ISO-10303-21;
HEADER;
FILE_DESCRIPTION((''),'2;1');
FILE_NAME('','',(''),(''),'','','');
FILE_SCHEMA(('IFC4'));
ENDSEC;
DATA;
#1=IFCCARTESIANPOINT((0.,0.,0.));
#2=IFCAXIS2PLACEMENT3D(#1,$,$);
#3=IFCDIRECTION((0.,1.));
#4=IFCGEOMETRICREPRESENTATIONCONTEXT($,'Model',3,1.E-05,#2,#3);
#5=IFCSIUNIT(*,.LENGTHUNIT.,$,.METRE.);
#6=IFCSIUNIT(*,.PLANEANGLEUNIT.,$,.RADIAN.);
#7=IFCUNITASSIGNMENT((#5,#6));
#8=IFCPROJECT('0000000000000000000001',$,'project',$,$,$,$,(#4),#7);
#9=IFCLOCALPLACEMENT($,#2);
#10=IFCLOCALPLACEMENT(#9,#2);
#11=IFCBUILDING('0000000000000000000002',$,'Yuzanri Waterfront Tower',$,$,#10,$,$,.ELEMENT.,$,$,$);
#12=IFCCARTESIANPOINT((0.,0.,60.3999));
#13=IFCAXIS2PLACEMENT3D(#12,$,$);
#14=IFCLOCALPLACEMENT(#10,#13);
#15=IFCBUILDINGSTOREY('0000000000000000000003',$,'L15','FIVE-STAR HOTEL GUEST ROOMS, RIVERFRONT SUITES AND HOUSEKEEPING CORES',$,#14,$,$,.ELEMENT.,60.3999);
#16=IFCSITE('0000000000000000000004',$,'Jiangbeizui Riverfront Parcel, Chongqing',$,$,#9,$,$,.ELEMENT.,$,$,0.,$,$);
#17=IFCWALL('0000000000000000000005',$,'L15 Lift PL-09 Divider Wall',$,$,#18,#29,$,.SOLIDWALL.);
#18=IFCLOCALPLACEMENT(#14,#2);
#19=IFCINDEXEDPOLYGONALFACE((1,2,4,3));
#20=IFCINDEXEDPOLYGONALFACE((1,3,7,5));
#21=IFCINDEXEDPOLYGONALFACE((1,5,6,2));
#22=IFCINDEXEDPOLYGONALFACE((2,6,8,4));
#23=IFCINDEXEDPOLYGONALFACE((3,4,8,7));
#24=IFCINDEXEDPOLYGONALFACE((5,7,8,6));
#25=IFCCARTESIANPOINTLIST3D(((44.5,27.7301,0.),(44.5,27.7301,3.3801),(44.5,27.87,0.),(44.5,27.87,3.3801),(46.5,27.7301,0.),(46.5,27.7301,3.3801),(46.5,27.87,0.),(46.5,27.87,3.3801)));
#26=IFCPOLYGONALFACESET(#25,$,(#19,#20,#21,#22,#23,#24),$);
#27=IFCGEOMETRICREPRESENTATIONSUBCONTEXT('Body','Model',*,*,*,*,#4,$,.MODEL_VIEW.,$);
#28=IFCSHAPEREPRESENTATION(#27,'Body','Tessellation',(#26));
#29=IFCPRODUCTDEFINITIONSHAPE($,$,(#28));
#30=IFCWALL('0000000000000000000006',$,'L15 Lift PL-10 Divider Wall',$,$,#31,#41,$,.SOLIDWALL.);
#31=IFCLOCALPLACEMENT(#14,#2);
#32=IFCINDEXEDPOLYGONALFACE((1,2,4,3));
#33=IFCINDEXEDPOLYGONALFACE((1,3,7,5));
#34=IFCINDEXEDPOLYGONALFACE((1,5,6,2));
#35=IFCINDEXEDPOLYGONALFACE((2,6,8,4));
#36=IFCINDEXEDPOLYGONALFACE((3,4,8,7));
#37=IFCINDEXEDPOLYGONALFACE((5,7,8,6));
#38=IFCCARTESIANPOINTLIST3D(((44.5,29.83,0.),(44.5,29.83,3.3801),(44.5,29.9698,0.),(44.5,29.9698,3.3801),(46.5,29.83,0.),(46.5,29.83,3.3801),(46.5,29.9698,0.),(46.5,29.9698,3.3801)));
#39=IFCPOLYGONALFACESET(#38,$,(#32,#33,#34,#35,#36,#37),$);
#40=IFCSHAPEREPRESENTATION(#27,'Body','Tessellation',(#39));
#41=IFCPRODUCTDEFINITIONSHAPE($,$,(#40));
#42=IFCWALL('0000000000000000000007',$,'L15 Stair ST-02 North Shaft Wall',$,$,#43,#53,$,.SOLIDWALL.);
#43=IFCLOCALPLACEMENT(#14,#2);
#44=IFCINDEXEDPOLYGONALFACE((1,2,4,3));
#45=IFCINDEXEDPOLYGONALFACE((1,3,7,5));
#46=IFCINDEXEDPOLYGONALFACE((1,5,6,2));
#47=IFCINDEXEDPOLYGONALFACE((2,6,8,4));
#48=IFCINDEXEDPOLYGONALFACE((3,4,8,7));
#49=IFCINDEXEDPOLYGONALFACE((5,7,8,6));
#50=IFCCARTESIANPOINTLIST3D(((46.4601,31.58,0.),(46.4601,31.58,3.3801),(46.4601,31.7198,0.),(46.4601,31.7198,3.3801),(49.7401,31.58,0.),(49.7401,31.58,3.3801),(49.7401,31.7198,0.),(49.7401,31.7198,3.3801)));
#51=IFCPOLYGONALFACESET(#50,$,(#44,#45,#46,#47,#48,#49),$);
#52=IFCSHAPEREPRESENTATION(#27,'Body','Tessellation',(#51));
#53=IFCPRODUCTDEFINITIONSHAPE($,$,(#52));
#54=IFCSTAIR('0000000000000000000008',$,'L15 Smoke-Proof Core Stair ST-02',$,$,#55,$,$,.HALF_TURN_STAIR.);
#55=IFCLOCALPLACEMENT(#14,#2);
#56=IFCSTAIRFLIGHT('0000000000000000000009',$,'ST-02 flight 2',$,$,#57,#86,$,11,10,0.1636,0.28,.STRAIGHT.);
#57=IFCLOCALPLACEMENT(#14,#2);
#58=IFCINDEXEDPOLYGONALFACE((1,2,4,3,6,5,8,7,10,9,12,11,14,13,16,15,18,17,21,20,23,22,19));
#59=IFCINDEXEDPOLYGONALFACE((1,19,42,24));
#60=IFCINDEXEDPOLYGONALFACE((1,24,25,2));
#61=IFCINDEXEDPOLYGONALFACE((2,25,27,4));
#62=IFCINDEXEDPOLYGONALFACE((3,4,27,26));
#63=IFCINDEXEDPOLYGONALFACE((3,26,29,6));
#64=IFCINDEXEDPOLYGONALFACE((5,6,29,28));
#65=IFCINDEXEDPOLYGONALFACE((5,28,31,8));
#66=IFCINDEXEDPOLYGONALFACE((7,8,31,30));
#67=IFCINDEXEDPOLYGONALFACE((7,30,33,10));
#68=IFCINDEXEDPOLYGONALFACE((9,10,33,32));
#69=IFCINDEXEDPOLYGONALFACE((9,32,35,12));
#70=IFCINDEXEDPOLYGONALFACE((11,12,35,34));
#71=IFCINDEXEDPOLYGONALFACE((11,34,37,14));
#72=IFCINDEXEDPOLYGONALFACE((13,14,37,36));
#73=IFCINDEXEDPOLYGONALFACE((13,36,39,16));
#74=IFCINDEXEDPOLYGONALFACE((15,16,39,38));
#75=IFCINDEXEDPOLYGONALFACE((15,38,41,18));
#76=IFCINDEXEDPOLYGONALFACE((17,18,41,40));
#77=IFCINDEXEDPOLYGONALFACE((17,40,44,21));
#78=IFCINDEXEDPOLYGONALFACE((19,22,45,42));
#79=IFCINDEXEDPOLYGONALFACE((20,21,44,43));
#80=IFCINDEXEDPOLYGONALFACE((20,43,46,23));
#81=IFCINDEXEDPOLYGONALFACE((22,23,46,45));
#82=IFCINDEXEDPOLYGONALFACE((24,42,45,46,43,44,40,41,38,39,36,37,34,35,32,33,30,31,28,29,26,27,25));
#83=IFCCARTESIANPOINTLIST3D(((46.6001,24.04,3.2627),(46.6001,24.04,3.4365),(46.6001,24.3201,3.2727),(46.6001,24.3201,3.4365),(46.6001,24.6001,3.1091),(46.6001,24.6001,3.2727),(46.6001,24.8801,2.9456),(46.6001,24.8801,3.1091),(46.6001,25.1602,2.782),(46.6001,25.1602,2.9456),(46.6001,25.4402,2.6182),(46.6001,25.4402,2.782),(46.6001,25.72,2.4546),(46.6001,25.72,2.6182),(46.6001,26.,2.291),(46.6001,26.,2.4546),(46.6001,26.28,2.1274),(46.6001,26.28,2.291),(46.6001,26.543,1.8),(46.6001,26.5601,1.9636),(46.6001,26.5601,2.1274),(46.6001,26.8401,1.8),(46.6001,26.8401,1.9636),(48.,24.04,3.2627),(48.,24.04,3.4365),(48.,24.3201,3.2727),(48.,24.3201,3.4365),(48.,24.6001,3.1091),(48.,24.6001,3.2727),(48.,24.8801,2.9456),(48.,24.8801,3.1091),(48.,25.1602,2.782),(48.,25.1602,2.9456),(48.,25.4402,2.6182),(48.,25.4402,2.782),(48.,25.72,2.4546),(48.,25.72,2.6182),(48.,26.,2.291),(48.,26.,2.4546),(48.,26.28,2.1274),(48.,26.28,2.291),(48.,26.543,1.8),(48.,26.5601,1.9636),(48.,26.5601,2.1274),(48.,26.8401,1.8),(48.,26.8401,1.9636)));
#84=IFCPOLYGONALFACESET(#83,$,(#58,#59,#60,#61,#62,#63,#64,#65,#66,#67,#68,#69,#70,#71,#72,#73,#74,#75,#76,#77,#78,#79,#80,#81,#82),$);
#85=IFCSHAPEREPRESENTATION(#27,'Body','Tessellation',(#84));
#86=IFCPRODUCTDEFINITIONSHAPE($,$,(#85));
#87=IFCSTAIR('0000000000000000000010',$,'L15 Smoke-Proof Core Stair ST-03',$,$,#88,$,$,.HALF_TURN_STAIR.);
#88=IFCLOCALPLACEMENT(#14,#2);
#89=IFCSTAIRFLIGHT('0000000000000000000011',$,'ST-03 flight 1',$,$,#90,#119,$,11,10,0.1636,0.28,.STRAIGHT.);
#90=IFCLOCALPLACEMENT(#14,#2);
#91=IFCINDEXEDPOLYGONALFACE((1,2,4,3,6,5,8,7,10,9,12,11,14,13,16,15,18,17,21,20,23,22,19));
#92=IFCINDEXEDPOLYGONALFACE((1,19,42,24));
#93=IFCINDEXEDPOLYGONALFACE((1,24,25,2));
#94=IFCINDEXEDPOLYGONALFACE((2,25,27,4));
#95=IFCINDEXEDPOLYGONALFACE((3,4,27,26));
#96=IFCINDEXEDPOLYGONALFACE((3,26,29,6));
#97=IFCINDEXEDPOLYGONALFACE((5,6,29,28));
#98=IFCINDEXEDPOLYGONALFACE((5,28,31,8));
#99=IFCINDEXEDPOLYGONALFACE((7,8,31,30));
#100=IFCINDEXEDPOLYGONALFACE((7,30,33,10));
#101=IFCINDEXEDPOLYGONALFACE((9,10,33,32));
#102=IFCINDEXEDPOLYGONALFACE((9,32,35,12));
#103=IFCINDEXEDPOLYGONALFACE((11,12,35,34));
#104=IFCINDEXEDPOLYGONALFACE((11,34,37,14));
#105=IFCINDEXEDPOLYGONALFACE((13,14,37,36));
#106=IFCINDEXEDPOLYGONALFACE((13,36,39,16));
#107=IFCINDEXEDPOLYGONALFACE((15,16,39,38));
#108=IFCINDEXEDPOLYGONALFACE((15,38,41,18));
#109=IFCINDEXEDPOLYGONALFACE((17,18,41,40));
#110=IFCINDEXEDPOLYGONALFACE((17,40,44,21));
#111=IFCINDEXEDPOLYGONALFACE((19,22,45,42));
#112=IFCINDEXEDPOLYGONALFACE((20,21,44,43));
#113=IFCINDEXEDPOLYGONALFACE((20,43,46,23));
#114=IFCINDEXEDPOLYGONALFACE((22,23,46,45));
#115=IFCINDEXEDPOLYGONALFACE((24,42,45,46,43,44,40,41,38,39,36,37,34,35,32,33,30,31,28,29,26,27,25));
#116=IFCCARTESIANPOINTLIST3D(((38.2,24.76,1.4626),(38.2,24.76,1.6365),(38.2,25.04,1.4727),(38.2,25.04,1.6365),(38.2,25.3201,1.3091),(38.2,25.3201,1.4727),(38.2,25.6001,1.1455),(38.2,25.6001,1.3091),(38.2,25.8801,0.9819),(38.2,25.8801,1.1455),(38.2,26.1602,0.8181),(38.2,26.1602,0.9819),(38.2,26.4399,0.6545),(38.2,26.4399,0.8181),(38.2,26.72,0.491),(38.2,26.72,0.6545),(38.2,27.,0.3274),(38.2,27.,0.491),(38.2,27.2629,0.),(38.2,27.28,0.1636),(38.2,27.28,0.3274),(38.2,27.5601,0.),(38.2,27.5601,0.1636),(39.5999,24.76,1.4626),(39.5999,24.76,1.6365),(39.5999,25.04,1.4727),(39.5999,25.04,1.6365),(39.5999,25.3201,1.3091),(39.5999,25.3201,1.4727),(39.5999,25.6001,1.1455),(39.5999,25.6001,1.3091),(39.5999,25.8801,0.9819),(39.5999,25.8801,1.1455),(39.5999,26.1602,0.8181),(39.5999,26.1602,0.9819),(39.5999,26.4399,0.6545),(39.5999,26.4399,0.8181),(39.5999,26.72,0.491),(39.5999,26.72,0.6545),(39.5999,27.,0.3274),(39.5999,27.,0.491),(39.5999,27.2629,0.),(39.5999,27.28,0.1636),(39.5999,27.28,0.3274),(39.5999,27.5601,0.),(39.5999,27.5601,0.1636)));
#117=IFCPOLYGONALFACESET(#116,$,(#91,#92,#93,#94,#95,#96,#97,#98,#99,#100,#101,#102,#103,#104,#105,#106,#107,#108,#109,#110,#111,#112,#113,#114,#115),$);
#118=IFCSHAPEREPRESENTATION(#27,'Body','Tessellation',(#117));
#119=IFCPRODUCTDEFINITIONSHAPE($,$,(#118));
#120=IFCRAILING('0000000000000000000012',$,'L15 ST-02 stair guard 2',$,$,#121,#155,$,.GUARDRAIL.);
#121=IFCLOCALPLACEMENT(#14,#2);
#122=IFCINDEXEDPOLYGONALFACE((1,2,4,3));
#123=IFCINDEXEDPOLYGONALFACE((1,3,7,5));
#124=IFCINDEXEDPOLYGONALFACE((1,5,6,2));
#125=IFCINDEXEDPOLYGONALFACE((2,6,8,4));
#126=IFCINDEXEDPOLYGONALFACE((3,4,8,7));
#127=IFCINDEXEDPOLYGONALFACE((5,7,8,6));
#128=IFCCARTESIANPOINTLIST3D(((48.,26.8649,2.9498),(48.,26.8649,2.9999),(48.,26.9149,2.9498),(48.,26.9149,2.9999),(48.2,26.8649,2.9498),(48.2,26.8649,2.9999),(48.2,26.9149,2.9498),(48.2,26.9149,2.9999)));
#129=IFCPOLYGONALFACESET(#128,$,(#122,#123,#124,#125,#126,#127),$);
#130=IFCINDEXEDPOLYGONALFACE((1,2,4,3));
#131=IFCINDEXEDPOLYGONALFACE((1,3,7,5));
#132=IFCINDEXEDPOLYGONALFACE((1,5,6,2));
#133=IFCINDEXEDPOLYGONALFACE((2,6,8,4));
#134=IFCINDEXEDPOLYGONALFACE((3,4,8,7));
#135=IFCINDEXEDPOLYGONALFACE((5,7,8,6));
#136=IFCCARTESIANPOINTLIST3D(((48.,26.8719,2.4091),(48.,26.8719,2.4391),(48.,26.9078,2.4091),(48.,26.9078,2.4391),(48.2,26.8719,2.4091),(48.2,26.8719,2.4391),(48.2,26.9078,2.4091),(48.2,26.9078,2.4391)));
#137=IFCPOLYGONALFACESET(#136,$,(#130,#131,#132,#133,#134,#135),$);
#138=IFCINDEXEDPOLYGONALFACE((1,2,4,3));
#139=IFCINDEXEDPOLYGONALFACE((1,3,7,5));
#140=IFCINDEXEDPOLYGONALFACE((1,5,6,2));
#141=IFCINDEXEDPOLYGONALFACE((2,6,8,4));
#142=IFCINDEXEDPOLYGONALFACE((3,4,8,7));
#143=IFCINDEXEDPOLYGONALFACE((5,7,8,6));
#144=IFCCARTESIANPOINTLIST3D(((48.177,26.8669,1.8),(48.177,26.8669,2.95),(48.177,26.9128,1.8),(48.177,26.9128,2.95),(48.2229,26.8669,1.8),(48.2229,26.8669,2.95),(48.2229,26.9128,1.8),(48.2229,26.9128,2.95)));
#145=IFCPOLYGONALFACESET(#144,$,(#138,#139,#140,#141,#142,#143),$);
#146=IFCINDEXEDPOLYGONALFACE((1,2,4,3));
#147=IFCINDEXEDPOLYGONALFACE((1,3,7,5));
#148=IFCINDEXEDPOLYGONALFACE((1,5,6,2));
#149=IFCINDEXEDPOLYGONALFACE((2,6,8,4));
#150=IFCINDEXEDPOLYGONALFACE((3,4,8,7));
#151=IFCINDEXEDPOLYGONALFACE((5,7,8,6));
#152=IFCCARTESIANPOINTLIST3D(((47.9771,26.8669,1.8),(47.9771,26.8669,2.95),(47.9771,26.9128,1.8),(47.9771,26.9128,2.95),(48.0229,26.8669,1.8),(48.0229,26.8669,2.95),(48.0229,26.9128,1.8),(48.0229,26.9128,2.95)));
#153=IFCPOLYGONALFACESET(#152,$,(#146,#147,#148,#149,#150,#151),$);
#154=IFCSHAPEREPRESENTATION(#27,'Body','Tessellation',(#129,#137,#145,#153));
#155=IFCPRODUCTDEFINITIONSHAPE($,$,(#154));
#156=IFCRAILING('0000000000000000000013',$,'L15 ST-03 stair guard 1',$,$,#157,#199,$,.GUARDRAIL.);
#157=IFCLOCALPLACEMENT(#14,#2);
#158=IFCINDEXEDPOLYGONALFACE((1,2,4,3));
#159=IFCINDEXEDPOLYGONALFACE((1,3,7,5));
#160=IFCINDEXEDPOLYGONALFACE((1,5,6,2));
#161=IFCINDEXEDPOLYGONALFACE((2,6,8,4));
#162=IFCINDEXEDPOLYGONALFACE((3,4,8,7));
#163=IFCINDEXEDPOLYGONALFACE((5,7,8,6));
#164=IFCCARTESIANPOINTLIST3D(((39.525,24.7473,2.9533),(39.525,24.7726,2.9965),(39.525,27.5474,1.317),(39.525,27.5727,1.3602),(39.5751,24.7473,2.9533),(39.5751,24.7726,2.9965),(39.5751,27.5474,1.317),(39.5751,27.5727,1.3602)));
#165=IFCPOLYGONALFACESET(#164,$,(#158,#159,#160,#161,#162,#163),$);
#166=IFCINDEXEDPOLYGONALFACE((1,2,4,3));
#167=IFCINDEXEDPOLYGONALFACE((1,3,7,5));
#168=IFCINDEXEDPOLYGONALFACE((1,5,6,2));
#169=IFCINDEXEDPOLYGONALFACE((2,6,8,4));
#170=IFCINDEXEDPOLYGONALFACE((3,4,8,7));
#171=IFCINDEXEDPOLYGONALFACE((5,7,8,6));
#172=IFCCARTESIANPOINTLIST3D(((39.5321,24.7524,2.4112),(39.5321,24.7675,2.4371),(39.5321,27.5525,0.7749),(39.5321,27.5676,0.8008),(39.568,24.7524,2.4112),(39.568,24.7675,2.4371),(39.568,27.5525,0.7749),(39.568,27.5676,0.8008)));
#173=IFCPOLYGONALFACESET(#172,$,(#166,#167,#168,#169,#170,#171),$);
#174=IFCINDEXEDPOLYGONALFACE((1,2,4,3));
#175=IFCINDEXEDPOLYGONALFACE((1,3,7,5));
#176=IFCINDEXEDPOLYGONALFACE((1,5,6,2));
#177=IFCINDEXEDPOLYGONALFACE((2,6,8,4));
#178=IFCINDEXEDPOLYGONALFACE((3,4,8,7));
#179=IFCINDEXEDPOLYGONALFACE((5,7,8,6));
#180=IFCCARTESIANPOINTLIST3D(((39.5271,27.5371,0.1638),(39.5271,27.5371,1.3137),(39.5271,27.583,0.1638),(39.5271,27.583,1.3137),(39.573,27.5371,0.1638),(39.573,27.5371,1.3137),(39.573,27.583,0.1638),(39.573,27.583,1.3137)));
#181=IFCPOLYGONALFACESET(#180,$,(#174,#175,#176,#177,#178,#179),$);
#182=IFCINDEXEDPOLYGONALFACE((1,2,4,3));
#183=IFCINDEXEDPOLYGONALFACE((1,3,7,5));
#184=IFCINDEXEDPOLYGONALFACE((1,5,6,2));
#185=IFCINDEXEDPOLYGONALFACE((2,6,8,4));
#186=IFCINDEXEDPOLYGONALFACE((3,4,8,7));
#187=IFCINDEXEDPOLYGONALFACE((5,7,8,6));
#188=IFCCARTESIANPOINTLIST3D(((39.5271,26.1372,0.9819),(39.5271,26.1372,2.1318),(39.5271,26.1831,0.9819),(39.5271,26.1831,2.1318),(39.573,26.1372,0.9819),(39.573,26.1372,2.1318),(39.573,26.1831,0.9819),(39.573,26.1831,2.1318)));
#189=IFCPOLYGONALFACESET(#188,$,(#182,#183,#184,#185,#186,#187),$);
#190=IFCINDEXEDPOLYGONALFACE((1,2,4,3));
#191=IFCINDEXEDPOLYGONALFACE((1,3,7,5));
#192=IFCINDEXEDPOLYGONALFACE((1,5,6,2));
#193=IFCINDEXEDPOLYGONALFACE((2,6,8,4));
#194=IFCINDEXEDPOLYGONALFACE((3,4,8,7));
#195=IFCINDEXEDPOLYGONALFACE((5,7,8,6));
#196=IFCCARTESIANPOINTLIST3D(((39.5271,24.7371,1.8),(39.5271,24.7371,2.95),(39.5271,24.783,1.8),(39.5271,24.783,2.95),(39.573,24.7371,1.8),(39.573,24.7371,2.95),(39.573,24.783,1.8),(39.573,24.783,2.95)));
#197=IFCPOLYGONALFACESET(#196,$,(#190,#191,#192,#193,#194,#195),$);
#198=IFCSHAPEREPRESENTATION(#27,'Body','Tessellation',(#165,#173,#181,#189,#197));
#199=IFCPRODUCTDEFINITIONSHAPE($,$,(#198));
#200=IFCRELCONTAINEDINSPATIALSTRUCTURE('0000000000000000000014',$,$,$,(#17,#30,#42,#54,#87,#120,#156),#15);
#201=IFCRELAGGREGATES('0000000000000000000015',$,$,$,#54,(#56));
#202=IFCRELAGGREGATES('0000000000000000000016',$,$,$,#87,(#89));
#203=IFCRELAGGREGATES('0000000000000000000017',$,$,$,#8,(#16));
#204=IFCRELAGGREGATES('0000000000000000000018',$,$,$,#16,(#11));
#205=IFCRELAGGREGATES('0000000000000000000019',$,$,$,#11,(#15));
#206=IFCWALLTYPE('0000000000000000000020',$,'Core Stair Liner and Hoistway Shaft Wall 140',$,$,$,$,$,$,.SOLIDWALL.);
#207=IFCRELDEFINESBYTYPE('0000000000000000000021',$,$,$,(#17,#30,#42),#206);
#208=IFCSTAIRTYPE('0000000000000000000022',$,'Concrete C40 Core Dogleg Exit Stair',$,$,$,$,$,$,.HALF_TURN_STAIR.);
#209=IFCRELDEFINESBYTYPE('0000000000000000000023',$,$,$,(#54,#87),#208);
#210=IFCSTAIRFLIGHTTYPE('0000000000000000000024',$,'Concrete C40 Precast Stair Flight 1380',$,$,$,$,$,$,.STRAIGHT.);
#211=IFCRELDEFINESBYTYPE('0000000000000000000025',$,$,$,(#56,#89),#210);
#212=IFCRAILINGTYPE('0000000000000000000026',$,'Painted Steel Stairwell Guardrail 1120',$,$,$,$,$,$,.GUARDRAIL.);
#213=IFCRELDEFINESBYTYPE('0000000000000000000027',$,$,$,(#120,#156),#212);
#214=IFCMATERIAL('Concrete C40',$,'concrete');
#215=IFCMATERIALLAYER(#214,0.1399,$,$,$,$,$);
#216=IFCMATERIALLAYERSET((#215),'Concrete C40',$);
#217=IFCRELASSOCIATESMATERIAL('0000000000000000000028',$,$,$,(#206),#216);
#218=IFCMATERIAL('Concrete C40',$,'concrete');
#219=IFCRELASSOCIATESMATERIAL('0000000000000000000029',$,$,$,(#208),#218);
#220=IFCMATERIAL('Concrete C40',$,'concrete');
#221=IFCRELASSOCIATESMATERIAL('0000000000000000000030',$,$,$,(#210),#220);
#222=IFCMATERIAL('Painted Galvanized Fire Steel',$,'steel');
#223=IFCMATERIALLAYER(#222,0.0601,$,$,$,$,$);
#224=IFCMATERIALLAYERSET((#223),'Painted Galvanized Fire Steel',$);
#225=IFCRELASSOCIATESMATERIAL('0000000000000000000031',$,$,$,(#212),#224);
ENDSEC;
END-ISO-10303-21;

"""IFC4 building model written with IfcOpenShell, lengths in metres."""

from ifc_helpers import new_model, si_unit, direction, frame, frame_2d, origin, origin_2d, place, context, subcontext, project, spatial, polyline, rectangle, outline, extrude, source, transform, mapped, material, layer, layer_set, type_object, element, aggregate, save


model = new_model("IFC4")

# Units and contexts
model_context = context("Model", 3, precision=1e-05, world=origin(), true_north=direction((0.0, 1.0)))
body_context = subcontext(model_context, "Body", "Model", "MODEL_VIEW")
ifc_project = project(units=[si_unit("LENGTHUNIT", "METRE"), si_unit("PLANEANGLEUNIT", "RADIAN")], contexts=[model_context])

# Site, building, storey
site_placement = place(None, origin())
site = spatial("IfcSite", under=ifc_project, at=site_placement, Name="Jiangbeizui Riverfront Parcel, Chongqing", CompositionType="ELEMENT", RefElevation=0.0)
building_placement = place(site_placement, origin())
building = spatial("IfcBuilding", under=site, at=building_placement, Name="Yuzanri Waterfront Tower", CompositionType="ELEMENT")
storey_placement = place(building_placement, frame((0.0, 0.0, 60.3999)))
storey = spatial("IfcBuildingStorey", under=building, at=storey_placement, Name="L15", Description="FIVE-STAR HOTEL GUEST ROOMS, RIVERFRONT SUITES AND HOUSEKEEPING CORES", CompositionType="ELEMENT", Elevation=60.3999)

# Shared definitions
ifc_material_1 = material(Name="Concrete C40", Category="concrete")
ifc_layer_1 = layer(ifc_material_1, 0.1399)
ifc_layer_set_1 = layer_set([ifc_layer_1], Name="Concrete C40")
wall_type = type_object("IfcWallType", Name="Core Stair Liner and Hoistway Shaft Wall 140", PredefinedType="SOLIDWALL", material=ifc_layer_set_1)

# Walls
shared_shape_1 = source(origin(), body_context, "Body", "SweptSolid", [
    extrude(rectangle(XDim=2.0, YDim=0.1399, at=frame_2d((1.0, 0.0))), origin(), (0.0, 0.0, 1.0), 3.3801),
])
for number, where, z_axis, x_axis, name in (
    (1, (44.5, 27.8, 0.0), (0.0, 0.0, 1.0), (1.0, 0.0, 0.0), "L15 Lift PL-09 Divider Wall"),
    (2, (44.5, 29.8999, 0.0), (0.0, 0.0, 1.0), (1.0, 0.0, 0.0), "L15 Lift PL-10 Divider Wall"),
):
    element("IfcWall", number, at=place(storey_placement, frame(where, z_axis=z_axis, x_axis=x_axis)), inside=storey, type_object=wall_type, Name=name, PredefinedType="SOLIDWALL", context=body_context, shape_type="MappedRepresentation", body=[
        mapped(shared_shape_1, transform((0.0, 0.0, 0.0), scale=1.0)),
    ])
shared_shape_2 = source(origin(), body_context, "Body", "SweptSolid", [
    extrude(rectangle(XDim=3.28, YDim=0.1399, at=frame_2d((1.6401, 0.0))), origin(), (0.0, 0.0, 1.0), 3.3801),
])
wall_1_placement = place(storey_placement, frame((46.46, 31.6499, 0.0), z_axis=(0.0, 0.0, 1.0), x_axis=(1.0, 0.0, 0.0)))
element("IfcWall", 3, at=wall_1_placement, inside=storey, type_object=wall_type, Name="L15 Stair ST-02 North Shaft Wall", PredefinedType="SOLIDWALL", context=body_context, shape_type="MappedRepresentation", body=[
    mapped(shared_shape_2, transform((0.0, 0.0, 0.0), scale=1.0)),
])

# Stairs, stair flights
ifc_material_2 = material(Name="Concrete C40", Category="concrete")
stair_type = type_object("IfcStairType", Name="Concrete C40 Core Dogleg Exit Stair", PredefinedType="HALF_TURN_STAIR", material=ifc_material_2)
stair_1_placement = place(storey_placement, origin())
stair_1 = element("IfcStair", 4, at=stair_1_placement, inside=storey, type_object=stair_type, Name="L15 Smoke-Proof Core Stair ST-02", PredefinedType="HALF_TURN_STAIR")
ifc_material_3 = material(Name="Concrete C40", Category="concrete")
stair_flight_type = type_object("IfcStairFlightType", Name="Concrete C40 Precast Stair Flight 1380", PredefinedType="STRAIGHT", material=ifc_material_3)
shared_shape_3 = source(origin(), body_context, "Body", "SweptSolid", [
    extrude(outline(polyline([(0.0, 0.0), (0.0, 0.1636), (0.28, 0.1636), (0.28, 0.3274), (0.5601, 0.3274), (0.5601, 0.491), (0.8401, 0.491), (0.8401, 0.6545), (1.1201, 0.6545), (1.1201, 0.8181), (1.3999, 0.8181), (1.3999, 0.9819), (1.6799, 0.9819), (1.6799, 1.1455), (1.96, 1.1455), (1.96, 1.3091), (2.24, 1.3091), (2.24, 1.4727), (2.52, 1.4727), (2.52, 1.6365), (2.8, 1.6365), (2.8, 1.8), (2.8, 1.4626), (0.2971, 0.0), (0.0, 0.0)])), frame((0.0, 0.7, 0.0), z_axis=(0.0, -1.0, 0.0), x_axis=(1.0, 0.0, 0.0)), (0.0, 0.0, 1.0), 1.3999),
])
stair_flight_1_placement = place(storey_placement, frame((47.3, 26.8401, 1.8), z_axis=(0.0, 0.0, 1.0), x_axis=(0.0, -1.0, 0.0)))
stair_flight_1 = element("IfcStairFlight", 5, at=stair_flight_1_placement, type_object=stair_flight_type, Name="ST-02 flight 2", NumberOfRisers=11, NumberOfTreads=10, PredefinedType="STRAIGHT", RiserHeight=0.1636, TreadLength=0.28, context=body_context, shape_type="MappedRepresentation", body=[
    mapped(shared_shape_3, transform((0.0, 0.0, 0.0), scale=1.0)),
])
aggregate(stair_1, [stair_flight_1])
stair_2_placement = place(storey_placement, origin())
stair_2 = element("IfcStair", 6, at=stair_2_placement, inside=storey, type_object=stair_type, Name="L15 Smoke-Proof Core Stair ST-03", PredefinedType="HALF_TURN_STAIR")
stair_flight_2_placement = place(storey_placement, frame((38.8999, 27.5601, 0.0), z_axis=(0.0, 0.0, 1.0), x_axis=(0.0, -1.0, 0.0)))
stair_flight_2 = element("IfcStairFlight", 7, at=stair_flight_2_placement, type_object=stair_flight_type, Name="ST-03 flight 1", NumberOfRisers=11, NumberOfTreads=10, PredefinedType="STRAIGHT", RiserHeight=0.1636, TreadLength=0.28, context=body_context, shape_type="MappedRepresentation", body=[
    mapped(shared_shape_3, transform((0.0, 0.0, 0.0), scale=1.0)),
])
aggregate(stair_2, [stair_flight_2])

# Railings
ifc_material_4 = material(Name="Painted Galvanized Fire Steel", Category="steel")
ifc_layer_2 = layer(ifc_material_4, 0.0601)
ifc_layer_set_2 = layer_set([ifc_layer_2], Name="Painted Galvanized Fire Steel")
railing_type_1 = type_object("IfcRailingType", Name="Painted Steel Stairwell Guardrail 1120", PredefinedType="GUARDRAIL", material=ifc_layer_set_2)
shared_shape_4 = source(origin(), body_context, "Body", "SweptSolid", [
    extrude(rectangle(XDim=0.05, YDim=0.05, at=origin_2d()), frame((0.0, 0.0, 1.1748), z_axis=(-1.0, 0.0, 0.0), x_axis=(0.0, -1.0, 0.0)), (0.0, 0.0, 1.0), 0.2),
    extrude(rectangle(XDim=0.0359, YDim=0.03, at=origin_2d()), frame((0.0, 0.0, 0.624), z_axis=(-1.0, 0.0, 0.0), x_axis=(0.0, -1.0, 0.0)), (0.0, 0.0, 1.0), 0.2),
    extrude(rectangle(XDim=0.0459, YDim=0.0459, at=origin_2d()), origin(), (0.0, 0.0, 1.0), 1.1499),
    extrude(rectangle(XDim=0.0459, YDim=0.0459, at=origin_2d()), frame((-0.2, 0.0, 0.0)), (0.0, 0.0, 1.0), 1.1499),
])
railing_1_placement = place(storey_placement, frame((48.2, 26.8899, 1.8)))
element("IfcRailing", 8, at=railing_1_placement, inside=storey, type_object=railing_type_1, Name="L15 ST-02 stair guard 2", PredefinedType="GUARDRAIL", context=body_context, shape_type="MappedRepresentation", body=[
    mapped(shared_shape_4, transform((0.0, 0.0, 0.0), scale=1.0)),
])
shared_shape_5 = source(origin(), body_context, "Body", "SweptSolid", [
    extrude(rectangle(XDim=0.05, YDim=0.05, at=origin_2d()), frame((0.0, 0.0, 1.1748), z_axis=(0.0, -0.863394, 0.504531), x_axis=(1.0, 0.0, 0.0)), (0.0, 0.0, 1.0), 3.2432),
    extrude(rectangle(XDim=0.0359, YDim=0.03, at=origin_2d()), frame((0.0, 0.0, 0.624), z_axis=(0.0, -0.863394, 0.504531), x_axis=(1.0, 0.0, 0.0)), (0.0, 0.0, 1.0), 3.2432),
    extrude(rectangle(XDim=0.0459, YDim=0.0459, at=origin_2d()), origin(), (0.0, 0.0, 1.0), 1.1499),
    extrude(rectangle(XDim=0.0459, YDim=0.0459, at=origin_2d()), frame((0.0, -1.3999, 0.8181)), (0.0, 0.0, 1.0), 1.1499),
    extrude(rectangle(XDim=0.0459, YDim=0.0459, at=origin_2d()), frame((0.0, -2.8, 1.6362)), (0.0, 0.0, 1.0), 1.1499),
])
railing_2_placement = place(storey_placement, frame((39.55, 27.5601, 0.1638)))
element("IfcRailing", 9, at=railing_2_placement, inside=storey, type_object=railing_type_1, Name="L15 ST-03 stair guard 1", PredefinedType="GUARDRAIL", context=body_context, shape_type="MappedRepresentation", body=[
    mapped(shared_shape_5, transform((0.0, 0.0, 0.0), scale=1.0)),
])

save(model, "model.ifc")
